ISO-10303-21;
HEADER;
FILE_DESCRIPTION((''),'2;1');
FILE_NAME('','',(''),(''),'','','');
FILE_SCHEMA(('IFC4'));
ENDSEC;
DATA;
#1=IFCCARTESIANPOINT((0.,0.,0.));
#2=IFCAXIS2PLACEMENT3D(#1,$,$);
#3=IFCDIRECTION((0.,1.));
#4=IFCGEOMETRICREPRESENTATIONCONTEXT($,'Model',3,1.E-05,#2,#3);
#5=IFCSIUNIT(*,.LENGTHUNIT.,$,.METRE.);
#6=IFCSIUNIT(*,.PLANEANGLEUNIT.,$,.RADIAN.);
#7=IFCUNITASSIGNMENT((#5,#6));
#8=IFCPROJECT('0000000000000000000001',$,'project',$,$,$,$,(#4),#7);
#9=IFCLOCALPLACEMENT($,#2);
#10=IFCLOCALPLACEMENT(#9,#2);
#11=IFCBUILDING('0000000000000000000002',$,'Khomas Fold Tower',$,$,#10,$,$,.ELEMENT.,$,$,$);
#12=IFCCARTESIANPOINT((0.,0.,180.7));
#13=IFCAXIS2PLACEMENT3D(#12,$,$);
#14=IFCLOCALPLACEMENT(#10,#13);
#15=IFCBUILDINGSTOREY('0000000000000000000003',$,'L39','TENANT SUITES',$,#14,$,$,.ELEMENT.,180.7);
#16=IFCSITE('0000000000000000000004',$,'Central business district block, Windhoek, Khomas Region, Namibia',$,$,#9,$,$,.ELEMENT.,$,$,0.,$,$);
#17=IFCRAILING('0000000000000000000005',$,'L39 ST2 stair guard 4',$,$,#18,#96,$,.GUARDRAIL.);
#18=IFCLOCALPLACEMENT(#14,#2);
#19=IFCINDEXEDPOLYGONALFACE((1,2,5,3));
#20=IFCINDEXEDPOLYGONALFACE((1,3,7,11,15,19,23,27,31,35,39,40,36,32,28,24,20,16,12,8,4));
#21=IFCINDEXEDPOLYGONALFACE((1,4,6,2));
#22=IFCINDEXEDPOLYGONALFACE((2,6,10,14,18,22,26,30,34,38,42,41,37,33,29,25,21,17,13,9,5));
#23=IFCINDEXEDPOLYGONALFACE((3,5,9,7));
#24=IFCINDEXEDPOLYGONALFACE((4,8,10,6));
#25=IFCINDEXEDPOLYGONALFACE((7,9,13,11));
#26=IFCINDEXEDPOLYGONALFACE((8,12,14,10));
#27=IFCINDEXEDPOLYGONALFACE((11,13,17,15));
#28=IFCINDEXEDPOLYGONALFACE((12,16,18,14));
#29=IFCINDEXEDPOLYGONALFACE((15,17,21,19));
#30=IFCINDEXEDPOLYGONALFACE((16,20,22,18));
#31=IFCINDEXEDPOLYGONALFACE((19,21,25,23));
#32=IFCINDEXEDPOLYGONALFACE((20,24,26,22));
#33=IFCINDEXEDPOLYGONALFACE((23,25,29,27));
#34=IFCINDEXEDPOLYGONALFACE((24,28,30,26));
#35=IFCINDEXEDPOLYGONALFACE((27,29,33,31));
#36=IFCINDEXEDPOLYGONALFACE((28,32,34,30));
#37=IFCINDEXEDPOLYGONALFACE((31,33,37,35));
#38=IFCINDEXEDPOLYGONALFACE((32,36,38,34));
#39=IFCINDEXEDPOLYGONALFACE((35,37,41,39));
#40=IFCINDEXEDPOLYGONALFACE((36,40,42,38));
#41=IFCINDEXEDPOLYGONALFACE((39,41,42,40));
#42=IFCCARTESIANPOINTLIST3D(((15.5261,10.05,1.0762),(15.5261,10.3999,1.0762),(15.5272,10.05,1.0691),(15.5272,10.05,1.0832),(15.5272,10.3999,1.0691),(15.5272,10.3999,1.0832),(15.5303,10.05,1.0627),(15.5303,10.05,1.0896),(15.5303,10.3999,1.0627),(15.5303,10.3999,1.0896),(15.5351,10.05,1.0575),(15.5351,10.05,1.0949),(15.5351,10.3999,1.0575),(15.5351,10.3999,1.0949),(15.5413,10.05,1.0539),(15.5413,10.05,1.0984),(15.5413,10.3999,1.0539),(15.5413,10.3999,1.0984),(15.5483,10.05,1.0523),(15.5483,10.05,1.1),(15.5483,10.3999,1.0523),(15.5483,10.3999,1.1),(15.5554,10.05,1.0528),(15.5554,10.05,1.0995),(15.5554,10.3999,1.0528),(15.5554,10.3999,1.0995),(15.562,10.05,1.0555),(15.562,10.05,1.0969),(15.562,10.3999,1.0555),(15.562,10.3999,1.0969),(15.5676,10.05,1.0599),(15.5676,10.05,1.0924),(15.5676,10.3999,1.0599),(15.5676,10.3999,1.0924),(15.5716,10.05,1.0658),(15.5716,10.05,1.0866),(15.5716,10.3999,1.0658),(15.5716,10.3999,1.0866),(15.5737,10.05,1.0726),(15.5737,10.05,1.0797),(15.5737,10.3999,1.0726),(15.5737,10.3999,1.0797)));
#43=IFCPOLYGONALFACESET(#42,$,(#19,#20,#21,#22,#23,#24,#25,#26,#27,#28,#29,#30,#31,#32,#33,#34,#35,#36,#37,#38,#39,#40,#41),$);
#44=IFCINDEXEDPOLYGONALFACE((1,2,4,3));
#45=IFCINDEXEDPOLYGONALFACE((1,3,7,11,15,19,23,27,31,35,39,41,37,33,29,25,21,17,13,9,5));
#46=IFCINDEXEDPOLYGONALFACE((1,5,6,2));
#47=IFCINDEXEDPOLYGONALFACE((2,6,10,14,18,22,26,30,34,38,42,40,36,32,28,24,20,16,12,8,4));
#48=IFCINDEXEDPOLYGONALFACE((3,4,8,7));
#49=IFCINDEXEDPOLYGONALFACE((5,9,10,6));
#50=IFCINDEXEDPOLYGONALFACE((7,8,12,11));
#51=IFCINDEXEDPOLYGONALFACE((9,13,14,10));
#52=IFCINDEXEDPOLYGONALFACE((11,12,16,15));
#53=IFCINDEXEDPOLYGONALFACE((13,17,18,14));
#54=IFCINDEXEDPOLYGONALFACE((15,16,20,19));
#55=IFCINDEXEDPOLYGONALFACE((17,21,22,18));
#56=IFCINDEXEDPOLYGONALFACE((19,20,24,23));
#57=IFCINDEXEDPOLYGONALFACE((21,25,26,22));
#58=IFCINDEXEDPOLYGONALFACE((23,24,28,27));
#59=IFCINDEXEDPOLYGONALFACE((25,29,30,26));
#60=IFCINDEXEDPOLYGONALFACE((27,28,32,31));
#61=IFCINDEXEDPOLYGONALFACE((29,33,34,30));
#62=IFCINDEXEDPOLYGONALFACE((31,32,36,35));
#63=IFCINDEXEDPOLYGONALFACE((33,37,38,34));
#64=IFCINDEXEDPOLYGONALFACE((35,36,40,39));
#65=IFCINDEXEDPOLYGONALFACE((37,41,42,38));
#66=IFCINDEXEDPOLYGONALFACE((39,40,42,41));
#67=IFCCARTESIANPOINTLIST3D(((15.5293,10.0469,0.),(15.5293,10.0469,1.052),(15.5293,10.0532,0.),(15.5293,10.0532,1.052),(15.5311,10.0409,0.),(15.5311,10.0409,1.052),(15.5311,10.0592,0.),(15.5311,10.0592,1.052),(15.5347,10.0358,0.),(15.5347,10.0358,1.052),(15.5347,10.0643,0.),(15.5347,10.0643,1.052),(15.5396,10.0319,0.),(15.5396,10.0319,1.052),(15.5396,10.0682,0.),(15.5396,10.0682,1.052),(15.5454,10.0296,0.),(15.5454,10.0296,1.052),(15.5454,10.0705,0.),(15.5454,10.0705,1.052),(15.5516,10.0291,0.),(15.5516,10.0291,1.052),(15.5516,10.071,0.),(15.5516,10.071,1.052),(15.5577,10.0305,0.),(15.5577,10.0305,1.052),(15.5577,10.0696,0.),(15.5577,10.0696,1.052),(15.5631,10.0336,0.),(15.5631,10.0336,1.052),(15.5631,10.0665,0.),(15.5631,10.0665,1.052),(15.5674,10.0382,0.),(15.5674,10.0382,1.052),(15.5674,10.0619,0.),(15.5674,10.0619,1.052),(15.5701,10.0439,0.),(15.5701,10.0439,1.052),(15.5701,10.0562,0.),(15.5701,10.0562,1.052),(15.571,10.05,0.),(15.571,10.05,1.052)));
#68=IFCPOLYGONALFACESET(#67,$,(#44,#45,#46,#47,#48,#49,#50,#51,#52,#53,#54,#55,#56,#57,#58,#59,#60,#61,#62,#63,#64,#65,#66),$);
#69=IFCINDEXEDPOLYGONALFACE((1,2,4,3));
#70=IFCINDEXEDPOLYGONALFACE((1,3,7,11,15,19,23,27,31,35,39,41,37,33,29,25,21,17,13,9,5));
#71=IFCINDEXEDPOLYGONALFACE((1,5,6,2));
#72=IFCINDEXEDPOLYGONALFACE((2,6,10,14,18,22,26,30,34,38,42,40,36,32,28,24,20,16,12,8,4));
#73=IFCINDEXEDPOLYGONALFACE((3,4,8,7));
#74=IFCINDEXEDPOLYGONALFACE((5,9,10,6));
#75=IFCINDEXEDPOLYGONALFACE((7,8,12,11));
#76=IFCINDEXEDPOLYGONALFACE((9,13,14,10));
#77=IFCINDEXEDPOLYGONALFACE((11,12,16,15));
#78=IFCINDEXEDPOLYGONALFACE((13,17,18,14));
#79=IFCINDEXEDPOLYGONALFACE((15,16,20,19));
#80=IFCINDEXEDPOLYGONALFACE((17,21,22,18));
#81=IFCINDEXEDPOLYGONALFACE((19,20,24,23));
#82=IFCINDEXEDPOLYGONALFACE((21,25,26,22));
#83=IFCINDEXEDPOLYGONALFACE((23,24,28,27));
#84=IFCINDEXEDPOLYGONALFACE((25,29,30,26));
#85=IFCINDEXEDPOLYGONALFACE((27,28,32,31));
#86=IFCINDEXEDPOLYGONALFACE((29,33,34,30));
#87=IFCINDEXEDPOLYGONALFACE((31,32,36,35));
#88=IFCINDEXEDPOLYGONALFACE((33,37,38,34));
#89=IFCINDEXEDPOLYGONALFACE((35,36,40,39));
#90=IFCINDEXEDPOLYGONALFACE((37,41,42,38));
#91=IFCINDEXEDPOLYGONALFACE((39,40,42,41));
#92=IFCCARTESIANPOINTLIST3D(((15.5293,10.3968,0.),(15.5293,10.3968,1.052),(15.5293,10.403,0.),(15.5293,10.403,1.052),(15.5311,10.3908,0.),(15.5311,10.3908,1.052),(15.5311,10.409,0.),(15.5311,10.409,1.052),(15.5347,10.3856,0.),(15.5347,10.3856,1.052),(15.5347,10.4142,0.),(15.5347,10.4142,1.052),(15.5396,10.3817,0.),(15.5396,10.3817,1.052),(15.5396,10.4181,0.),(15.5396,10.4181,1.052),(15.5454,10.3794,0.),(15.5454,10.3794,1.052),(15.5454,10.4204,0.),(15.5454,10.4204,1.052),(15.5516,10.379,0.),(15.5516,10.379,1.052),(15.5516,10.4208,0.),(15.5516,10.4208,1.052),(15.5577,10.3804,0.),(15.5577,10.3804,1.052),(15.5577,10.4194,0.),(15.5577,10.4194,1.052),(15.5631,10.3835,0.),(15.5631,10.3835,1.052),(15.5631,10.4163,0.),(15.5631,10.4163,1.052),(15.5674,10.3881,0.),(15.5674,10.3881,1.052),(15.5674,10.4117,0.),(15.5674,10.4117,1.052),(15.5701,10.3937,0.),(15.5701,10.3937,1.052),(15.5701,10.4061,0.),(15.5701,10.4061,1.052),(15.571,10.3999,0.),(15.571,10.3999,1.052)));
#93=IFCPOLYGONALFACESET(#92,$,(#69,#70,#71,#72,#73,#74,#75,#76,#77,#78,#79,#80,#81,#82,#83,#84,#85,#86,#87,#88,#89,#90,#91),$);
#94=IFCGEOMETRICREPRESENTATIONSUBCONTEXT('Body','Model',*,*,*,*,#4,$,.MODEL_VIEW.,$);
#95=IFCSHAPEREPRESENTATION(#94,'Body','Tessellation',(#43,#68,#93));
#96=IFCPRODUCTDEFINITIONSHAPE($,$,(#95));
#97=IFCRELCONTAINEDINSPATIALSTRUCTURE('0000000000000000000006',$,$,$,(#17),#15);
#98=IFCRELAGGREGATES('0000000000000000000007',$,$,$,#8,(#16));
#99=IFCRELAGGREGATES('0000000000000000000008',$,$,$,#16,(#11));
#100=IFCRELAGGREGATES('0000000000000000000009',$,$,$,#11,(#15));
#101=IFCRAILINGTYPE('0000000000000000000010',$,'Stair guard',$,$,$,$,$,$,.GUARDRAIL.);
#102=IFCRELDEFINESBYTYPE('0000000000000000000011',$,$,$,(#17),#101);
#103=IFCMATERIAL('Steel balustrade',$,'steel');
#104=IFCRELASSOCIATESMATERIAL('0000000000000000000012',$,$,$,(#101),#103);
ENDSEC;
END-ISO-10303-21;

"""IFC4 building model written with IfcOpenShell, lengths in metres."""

from ifc_helpers import new_model, si_unit, direction, frame, origin, origin_2d, place, context, subcontext, project, spatial, circle, extrude, source, transform, mapped, material, type_object, element, save


model = new_model("IFC4")

# Units and contexts
model_context = context("Model", 3, precision=1e-05, world=origin(), true_north=direction((0.0, 1.0)))
body_context = subcontext(model_context, "Body", "Model", "MODEL_VIEW")
ifc_project = project(units=[si_unit("LENGTHUNIT", "METRE"), si_unit("PLANEANGLEUNIT", "RADIAN")], contexts=[model_context])

# Site, building, storey
site_placement = place(None, origin())
site = spatial("IfcSite", under=ifc_project, at=site_placement, Name="Central business district block, Windhoek, Khomas Region, Namibia", CompositionType="ELEMENT", RefElevation=0.0)
building_placement = place(site_placement, origin())
building = spatial("IfcBuilding", under=site, at=building_placement, Name="Khomas Fold Tower", CompositionType="ELEMENT")
storey_placement = place(building_placement, frame((0.0, 0.0, 180.7)))
storey = spatial("IfcBuildingStorey", under=building, at=storey_placement, Name="L39", Description="TENANT SUITES", CompositionType="ELEMENT", Elevation=180.7)

# Railing
ifc_material_1 = material(Name="Steel balustrade", Category="steel")
railing_type_1 = type_object("IfcRailingType", Name="Stair guard", PredefinedType="GUARDRAIL", material=ifc_material_1)
shared_shape_1 = source(origin(), body_context, "Body", "SweptSolid", [
    extrude(circle(Radius=0.0239, at=origin_2d()), frame((0.0, 0.0, 1.0762), z_axis=(0.0, 1.0, 0.0), x_axis=(-1.0, 0.0, 0.0)), (0.0, 0.0, 1.0), 0.3499),
    extrude(circle(Radius=0.021, at=origin_2d()), origin(), (0.0, 0.0, 1.0), 1.052),
    extrude(circle(Radius=0.021, at=origin_2d()), frame((0.0, 0.3499, 0.0)), (0.0, 0.0, 1.0), 1.052),
])
for number, where, name in (
    (1, (15.55, 10.05, 0.0), "L39 ST2 stair guard 4"),
):
    element("IfcRailing", number, at=place(storey_placement, frame(where)), inside=storey, type_object=railing_type_1, Name=name, PredefinedType="GUARDRAIL", context=body_context, shape_type="MappedRepresentation", body=[
        mapped(shared_shape_1, transform((0.0, 0.0, 0.0))),
    ])

save(model, "model.ifc")
